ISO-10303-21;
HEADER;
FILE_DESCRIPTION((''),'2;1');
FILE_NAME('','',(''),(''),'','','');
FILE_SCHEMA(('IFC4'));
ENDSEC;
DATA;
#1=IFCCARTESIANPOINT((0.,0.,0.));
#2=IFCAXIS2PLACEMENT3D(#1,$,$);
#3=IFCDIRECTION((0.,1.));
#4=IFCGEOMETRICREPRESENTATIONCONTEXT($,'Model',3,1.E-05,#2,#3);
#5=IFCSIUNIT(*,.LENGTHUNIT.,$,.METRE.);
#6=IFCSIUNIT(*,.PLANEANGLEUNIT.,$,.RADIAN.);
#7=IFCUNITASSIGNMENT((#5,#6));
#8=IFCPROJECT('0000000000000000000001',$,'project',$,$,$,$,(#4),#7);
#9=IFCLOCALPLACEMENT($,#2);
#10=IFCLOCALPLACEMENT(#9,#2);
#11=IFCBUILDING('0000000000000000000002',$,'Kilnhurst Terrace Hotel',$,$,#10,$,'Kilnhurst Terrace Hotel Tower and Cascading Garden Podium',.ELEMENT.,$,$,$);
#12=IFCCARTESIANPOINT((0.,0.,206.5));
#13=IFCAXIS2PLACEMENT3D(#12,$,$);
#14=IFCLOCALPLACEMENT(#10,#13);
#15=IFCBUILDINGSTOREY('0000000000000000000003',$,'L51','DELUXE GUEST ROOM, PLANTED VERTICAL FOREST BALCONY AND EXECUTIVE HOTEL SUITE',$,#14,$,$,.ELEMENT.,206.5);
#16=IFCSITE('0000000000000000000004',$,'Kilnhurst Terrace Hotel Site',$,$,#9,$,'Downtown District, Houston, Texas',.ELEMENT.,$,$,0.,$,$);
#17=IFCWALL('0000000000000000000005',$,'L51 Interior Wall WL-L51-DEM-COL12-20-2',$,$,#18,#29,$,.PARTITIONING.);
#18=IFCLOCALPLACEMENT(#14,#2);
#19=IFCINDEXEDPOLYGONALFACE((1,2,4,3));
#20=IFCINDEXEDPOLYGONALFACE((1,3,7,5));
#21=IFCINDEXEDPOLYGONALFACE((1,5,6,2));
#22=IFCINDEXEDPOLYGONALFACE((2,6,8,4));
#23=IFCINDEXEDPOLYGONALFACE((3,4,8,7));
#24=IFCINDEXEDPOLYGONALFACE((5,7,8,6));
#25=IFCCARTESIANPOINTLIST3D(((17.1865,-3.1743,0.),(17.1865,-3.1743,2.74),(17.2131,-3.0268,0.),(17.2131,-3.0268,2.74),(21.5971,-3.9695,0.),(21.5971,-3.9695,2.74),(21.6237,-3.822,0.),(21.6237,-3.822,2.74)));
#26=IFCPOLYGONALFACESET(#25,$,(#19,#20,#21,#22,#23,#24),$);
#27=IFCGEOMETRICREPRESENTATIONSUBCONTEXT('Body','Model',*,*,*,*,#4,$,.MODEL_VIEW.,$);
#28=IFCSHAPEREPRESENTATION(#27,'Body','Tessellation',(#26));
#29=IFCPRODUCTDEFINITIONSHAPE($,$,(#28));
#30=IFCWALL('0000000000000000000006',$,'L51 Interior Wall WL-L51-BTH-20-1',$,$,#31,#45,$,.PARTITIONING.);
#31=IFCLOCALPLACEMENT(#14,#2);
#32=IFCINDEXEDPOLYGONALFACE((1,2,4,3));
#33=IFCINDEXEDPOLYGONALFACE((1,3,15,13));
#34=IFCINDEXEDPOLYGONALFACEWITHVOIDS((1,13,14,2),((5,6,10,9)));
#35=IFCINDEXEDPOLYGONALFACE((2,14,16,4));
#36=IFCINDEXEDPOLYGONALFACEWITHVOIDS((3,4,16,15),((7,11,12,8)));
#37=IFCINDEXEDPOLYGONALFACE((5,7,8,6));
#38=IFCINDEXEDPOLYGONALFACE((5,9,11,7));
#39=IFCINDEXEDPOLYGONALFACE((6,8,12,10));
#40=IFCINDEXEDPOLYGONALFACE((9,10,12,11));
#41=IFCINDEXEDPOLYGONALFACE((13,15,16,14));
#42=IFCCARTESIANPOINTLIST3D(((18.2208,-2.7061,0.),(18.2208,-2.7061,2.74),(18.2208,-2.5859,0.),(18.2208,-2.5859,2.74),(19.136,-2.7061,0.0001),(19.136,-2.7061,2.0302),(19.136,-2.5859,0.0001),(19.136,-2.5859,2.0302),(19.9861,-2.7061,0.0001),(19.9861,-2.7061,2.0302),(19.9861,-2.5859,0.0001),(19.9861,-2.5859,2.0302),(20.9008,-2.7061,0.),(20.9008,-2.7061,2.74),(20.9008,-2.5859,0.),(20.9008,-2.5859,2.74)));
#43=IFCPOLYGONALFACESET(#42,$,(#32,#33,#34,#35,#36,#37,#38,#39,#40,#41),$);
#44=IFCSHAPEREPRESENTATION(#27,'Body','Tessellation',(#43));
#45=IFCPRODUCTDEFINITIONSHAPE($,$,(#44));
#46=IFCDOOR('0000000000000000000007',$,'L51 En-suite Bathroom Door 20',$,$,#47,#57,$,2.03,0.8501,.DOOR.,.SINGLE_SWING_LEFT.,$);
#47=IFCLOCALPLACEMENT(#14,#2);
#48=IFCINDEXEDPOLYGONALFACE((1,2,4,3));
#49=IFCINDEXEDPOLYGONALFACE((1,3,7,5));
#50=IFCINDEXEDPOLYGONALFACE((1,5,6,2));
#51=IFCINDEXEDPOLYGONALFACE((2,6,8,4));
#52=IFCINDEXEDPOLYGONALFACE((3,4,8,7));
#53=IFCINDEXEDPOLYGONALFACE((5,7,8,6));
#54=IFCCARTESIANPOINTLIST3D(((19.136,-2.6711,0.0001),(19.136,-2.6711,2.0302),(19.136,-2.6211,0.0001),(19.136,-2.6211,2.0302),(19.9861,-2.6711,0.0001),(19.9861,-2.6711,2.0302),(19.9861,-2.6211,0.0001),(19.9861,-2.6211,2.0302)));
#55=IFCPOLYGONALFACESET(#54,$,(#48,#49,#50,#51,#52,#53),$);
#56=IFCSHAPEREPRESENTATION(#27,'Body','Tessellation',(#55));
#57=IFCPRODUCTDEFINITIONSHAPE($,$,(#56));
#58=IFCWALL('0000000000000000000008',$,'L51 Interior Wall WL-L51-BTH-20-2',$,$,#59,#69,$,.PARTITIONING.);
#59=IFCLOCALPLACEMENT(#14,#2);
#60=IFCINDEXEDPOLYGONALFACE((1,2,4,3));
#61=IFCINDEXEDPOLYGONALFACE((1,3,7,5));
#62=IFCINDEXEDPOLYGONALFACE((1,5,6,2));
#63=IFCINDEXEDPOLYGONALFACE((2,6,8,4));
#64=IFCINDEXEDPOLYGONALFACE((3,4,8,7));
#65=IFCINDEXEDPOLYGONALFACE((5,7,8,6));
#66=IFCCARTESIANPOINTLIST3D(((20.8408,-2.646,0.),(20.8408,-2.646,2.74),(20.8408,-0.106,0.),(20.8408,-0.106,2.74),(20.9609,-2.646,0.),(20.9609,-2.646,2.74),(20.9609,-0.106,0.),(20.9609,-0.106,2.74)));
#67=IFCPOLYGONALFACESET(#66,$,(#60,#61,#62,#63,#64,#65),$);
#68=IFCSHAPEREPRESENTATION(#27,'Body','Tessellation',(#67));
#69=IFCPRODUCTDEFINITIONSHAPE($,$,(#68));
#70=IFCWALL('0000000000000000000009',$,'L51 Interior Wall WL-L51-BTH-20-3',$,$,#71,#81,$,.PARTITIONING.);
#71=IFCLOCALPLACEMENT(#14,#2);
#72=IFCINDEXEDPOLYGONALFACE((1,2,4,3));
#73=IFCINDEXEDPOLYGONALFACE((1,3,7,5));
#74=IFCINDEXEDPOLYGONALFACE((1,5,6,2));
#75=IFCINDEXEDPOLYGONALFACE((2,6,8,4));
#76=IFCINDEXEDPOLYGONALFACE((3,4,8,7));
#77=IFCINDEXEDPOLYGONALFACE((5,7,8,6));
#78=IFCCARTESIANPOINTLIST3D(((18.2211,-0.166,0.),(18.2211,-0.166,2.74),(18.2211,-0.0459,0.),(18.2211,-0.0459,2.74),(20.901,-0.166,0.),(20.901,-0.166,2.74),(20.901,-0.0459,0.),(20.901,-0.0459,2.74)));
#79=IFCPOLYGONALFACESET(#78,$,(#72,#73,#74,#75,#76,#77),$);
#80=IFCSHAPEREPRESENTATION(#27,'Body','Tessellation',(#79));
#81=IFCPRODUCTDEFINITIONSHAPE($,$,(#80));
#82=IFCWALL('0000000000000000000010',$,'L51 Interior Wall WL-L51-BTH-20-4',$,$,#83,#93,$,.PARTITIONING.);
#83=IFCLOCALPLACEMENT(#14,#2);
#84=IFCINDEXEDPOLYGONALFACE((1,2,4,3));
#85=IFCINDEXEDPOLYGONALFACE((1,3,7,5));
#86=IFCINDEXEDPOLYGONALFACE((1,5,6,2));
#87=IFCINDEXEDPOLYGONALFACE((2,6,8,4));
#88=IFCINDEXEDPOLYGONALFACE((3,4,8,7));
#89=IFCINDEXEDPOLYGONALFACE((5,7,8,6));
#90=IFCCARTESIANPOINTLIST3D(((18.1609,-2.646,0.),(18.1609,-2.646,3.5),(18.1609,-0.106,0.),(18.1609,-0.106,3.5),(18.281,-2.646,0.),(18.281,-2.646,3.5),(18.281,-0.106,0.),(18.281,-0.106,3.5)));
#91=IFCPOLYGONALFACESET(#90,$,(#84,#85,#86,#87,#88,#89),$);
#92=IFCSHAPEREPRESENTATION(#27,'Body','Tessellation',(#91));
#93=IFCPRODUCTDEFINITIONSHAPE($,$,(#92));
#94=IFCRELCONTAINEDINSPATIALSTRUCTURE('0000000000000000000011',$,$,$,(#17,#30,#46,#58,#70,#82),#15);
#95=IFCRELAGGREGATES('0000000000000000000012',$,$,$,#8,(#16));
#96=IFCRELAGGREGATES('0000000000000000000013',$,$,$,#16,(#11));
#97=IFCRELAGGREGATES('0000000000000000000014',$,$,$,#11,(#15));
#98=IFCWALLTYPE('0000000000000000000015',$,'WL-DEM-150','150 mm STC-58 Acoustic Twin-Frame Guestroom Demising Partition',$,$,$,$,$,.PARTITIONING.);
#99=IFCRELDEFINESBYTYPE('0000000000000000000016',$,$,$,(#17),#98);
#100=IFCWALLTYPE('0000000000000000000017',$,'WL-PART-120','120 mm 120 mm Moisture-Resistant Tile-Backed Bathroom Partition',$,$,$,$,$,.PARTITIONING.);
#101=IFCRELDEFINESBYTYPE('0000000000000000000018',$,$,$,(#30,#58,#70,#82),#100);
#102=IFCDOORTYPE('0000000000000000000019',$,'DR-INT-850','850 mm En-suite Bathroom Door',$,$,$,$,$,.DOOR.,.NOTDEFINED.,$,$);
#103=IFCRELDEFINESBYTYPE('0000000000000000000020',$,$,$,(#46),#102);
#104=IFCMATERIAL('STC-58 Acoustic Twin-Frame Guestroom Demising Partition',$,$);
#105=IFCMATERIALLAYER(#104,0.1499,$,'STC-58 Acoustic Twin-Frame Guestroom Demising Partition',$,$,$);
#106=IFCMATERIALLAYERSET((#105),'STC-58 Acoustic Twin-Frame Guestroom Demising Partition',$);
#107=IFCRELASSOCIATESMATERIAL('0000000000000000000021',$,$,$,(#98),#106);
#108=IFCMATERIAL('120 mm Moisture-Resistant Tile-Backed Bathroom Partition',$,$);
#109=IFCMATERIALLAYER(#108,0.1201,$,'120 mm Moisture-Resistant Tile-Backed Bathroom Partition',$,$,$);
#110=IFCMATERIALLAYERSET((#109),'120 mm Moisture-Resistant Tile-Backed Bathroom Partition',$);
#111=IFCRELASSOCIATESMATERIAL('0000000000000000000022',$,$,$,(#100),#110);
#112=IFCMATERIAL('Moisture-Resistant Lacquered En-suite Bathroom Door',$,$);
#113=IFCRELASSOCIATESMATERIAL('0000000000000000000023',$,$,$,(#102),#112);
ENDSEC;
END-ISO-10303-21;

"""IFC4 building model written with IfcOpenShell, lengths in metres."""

from ifc_helpers import new_model, si_unit, direction, frame, frame_2d, origin, place, context, subcontext, project, spatial, rectangle, extrude, material, layer, layer_set, type_object, element, fill, save


model = new_model("IFC4")

# Units and contexts
model_context = context("Model", 3, precision=1e-05, world=origin(), true_north=direction((0.0, 1.0)))
body_context = subcontext(model_context, "Body", "Model", "MODEL_VIEW")
ifc_project = project(units=[si_unit("LENGTHUNIT", "METRE"), si_unit("PLANEANGLEUNIT", "RADIAN")], contexts=[model_context])

# Site, building, storey
site_placement = place(None, origin())
site = spatial("IfcSite", under=ifc_project, at=site_placement, Name="Kilnhurst Terrace Hotel Site", LongName="Downtown District, Houston, Texas", CompositionType="ELEMENT", RefElevation=0.0)
building_placement = place(site_placement, origin())
building = spatial("IfcBuilding", under=site, at=building_placement, Name="Kilnhurst Terrace Hotel", LongName="Kilnhurst Terrace Hotel Tower and Cascading Garden Podium", CompositionType="ELEMENT")
storey_placement = place(building_placement, frame((0.0, 0.0, 206.5)))
storey = spatial("IfcBuildingStorey", under=building, at=storey_placement, Name="L51", Description="DELUXE GUEST ROOM, PLANTED VERTICAL FOREST BALCONY AND EXECUTIVE HOTEL SUITE", CompositionType="ELEMENT", Elevation=206.5)

# Wall
ifc_material_1 = material(Name="STC-58 Acoustic Twin-Frame Guestroom Demising Partition")
ifc_layer_1 = layer(ifc_material_1, 0.1499, Name="STC-58 Acoustic Twin-Frame Guestroom Demising Partition")
ifc_layer_set_1 = layer_set([ifc_layer_1], Name="STC-58 Acoustic Twin-Frame Guestroom Demising Partition")
wall_type_1 = type_object("IfcWallType", Name="WL-DEM-150", Description="150 mm STC-58 Acoustic Twin-Frame Guestroom Demising Partition", PredefinedType="PARTITIONING", material=ifc_layer_set_1)
wall_1_placement = place(storey_placement, frame((17.2, -3.1006, 0.0), z_axis=(0.0, 0.0, 1.0), x_axis=(0.984135, -0.177423, 0.0)))
element("IfcWall", 1, at=wall_1_placement, inside=storey, type_object=wall_type_1, Name="L51 Interior Wall WL-L51-DEM-COL12-20-2", PredefinedType="PARTITIONING", context=body_context, shape_type="SweptSolid", body=[
    extrude(rectangle(XDim=4.4817, YDim=0.1499, at=frame_2d((2.2407, 0.0))), origin(), (0.0, 0.0, 1.0), 2.74),
])

# Wall, opening, door
ifc_material_2 = material(Name="120 mm Moisture-Resistant Tile-Backed Bathroom Partition")
ifc_layer_2 = layer(ifc_material_2, 0.1201, Name="120 mm Moisture-Resistant Tile-Backed Bathroom Partition")
ifc_layer_set_2 = layer_set([ifc_layer_2], Name="120 mm Moisture-Resistant Tile-Backed Bathroom Partition")
wall_type_2 = type_object("IfcWallType", Name="WL-PART-120", Description="120 mm 120 mm Moisture-Resistant Tile-Backed Bathroom Partition", PredefinedType="PARTITIONING", material=ifc_layer_set_2)
wall_2_placement = place(storey_placement, frame((18.2209, -2.646, 0.0), z_axis=(0.0, 0.0, 1.0), x_axis=(1.0, 0.0, 0.0)))
wall_2 = element("IfcWall", 2, at=wall_2_placement, inside=storey, type_object=wall_type_2, Name="L51 Interior Wall WL-L51-BTH-20-1", PredefinedType="PARTITIONING", context=body_context, shape_type="SweptSolid", body=[
    extrude(rectangle(XDim=2.6799, YDim=0.1201, at=frame_2d((1.3398, 0.0))), origin(), (0.0, 0.0, 1.0), 2.74),
])
opening_1_placement = place(wall_2_placement, frame((0.915, 0.0, 0.0)))
opening_1 = element("IfcOpeningElement", 3, at=opening_1_placement, cuts=wall_2, PredefinedType="OPENING", context=body_context, shape_type="SweptSolid", body=[
    extrude(rectangle(XDim=0.8501, YDim=2.03, at=frame_2d((0.425, 1.0151))), frame((0.0, 0.0701, 0.0), z_axis=(0.0, -1.0, 0.0), x_axis=(1.0, 0.0, 0.0)), (0.0, 0.0, 1.0), 0.1401),
])
ifc_material_3 = material(Name="Moisture-Resistant Lacquered En-suite Bathroom Door")
door_type_1 = type_object("IfcDoorType", Name="DR-INT-850", Description="850 mm En-suite Bathroom Door", OperationType="NOTDEFINED", PredefinedType="DOOR", material=ifc_material_3)
door_1_placement = place(opening_1_placement, origin())
door_1 = element("IfcDoor", 4, at=door_1_placement, inside=storey, type_object=door_type_1, Name="L51 En-suite Bathroom Door 20", OperationType="SINGLE_SWING_LEFT", OverallHeight=2.03, OverallWidth=0.8501, PredefinedType="DOOR", context=body_context, shape_type="SweptSolid", body=[
    extrude(rectangle(XDim=0.8501, YDim=2.03, at=frame_2d((0.425, 1.0151))), frame((0.0, 0.0249, 0.0), z_axis=(0.0, -1.0, 0.0), x_axis=(1.0, 0.0, 0.0)), (0.0, 0.0, 1.0), 0.05),
])
fill(opening_1, door_1)

# Walls
wall_3_placement = place(storey_placement, frame((20.9009, -2.646, 0.0), z_axis=(0.0, 0.0, 1.0), x_axis=(0.0, 1.0, 0.0)))
element("IfcWall", 5, at=wall_3_placement, inside=storey, type_object=wall_type_2, Name="L51 Interior Wall WL-L51-BTH-20-2", PredefinedType="PARTITIONING", context=body_context, shape_type="SweptSolid", body=[
    extrude(rectangle(XDim=2.54, YDim=0.1201, at=frame_2d((1.27, 0.0))), origin(), (0.0, 0.0, 1.0), 2.74),
])
wall_4_placement = place(storey_placement, frame((20.9009, -0.106, 0.0), z_axis=(0.0, 0.0, 1.0), x_axis=(-1.0, 0.0, 0.0)))
element("IfcWall", 6, at=wall_4_placement, inside=storey, type_object=wall_type_2, Name="L51 Interior Wall WL-L51-BTH-20-3", PredefinedType="PARTITIONING", context=body_context, shape_type="SweptSolid", body=[
    extrude(rectangle(XDim=2.6799, YDim=0.1201, at=frame_2d((1.3398, 0.0))), origin(), (0.0, 0.0, 1.0), 2.74),
])
wall_5_placement = place(storey_placement, frame((18.2209, -0.106, 0.0), z_axis=(0.0, 0.0, 1.0), x_axis=(0.0, -1.0, 0.0)))
element("IfcWall", 7, at=wall_5_placement, inside=storey, type_object=wall_type_2, Name="L51 Interior Wall WL-L51-BTH-20-4", PredefinedType="PARTITIONING", context=body_context, shape_type="SweptSolid", body=[
    extrude(rectangle(XDim=2.54, YDim=0.1201, at=frame_2d((1.27, 0.0))), origin(), (0.0, 0.0, 1.0), 3.5),
])

save(model, "model.ifc")
